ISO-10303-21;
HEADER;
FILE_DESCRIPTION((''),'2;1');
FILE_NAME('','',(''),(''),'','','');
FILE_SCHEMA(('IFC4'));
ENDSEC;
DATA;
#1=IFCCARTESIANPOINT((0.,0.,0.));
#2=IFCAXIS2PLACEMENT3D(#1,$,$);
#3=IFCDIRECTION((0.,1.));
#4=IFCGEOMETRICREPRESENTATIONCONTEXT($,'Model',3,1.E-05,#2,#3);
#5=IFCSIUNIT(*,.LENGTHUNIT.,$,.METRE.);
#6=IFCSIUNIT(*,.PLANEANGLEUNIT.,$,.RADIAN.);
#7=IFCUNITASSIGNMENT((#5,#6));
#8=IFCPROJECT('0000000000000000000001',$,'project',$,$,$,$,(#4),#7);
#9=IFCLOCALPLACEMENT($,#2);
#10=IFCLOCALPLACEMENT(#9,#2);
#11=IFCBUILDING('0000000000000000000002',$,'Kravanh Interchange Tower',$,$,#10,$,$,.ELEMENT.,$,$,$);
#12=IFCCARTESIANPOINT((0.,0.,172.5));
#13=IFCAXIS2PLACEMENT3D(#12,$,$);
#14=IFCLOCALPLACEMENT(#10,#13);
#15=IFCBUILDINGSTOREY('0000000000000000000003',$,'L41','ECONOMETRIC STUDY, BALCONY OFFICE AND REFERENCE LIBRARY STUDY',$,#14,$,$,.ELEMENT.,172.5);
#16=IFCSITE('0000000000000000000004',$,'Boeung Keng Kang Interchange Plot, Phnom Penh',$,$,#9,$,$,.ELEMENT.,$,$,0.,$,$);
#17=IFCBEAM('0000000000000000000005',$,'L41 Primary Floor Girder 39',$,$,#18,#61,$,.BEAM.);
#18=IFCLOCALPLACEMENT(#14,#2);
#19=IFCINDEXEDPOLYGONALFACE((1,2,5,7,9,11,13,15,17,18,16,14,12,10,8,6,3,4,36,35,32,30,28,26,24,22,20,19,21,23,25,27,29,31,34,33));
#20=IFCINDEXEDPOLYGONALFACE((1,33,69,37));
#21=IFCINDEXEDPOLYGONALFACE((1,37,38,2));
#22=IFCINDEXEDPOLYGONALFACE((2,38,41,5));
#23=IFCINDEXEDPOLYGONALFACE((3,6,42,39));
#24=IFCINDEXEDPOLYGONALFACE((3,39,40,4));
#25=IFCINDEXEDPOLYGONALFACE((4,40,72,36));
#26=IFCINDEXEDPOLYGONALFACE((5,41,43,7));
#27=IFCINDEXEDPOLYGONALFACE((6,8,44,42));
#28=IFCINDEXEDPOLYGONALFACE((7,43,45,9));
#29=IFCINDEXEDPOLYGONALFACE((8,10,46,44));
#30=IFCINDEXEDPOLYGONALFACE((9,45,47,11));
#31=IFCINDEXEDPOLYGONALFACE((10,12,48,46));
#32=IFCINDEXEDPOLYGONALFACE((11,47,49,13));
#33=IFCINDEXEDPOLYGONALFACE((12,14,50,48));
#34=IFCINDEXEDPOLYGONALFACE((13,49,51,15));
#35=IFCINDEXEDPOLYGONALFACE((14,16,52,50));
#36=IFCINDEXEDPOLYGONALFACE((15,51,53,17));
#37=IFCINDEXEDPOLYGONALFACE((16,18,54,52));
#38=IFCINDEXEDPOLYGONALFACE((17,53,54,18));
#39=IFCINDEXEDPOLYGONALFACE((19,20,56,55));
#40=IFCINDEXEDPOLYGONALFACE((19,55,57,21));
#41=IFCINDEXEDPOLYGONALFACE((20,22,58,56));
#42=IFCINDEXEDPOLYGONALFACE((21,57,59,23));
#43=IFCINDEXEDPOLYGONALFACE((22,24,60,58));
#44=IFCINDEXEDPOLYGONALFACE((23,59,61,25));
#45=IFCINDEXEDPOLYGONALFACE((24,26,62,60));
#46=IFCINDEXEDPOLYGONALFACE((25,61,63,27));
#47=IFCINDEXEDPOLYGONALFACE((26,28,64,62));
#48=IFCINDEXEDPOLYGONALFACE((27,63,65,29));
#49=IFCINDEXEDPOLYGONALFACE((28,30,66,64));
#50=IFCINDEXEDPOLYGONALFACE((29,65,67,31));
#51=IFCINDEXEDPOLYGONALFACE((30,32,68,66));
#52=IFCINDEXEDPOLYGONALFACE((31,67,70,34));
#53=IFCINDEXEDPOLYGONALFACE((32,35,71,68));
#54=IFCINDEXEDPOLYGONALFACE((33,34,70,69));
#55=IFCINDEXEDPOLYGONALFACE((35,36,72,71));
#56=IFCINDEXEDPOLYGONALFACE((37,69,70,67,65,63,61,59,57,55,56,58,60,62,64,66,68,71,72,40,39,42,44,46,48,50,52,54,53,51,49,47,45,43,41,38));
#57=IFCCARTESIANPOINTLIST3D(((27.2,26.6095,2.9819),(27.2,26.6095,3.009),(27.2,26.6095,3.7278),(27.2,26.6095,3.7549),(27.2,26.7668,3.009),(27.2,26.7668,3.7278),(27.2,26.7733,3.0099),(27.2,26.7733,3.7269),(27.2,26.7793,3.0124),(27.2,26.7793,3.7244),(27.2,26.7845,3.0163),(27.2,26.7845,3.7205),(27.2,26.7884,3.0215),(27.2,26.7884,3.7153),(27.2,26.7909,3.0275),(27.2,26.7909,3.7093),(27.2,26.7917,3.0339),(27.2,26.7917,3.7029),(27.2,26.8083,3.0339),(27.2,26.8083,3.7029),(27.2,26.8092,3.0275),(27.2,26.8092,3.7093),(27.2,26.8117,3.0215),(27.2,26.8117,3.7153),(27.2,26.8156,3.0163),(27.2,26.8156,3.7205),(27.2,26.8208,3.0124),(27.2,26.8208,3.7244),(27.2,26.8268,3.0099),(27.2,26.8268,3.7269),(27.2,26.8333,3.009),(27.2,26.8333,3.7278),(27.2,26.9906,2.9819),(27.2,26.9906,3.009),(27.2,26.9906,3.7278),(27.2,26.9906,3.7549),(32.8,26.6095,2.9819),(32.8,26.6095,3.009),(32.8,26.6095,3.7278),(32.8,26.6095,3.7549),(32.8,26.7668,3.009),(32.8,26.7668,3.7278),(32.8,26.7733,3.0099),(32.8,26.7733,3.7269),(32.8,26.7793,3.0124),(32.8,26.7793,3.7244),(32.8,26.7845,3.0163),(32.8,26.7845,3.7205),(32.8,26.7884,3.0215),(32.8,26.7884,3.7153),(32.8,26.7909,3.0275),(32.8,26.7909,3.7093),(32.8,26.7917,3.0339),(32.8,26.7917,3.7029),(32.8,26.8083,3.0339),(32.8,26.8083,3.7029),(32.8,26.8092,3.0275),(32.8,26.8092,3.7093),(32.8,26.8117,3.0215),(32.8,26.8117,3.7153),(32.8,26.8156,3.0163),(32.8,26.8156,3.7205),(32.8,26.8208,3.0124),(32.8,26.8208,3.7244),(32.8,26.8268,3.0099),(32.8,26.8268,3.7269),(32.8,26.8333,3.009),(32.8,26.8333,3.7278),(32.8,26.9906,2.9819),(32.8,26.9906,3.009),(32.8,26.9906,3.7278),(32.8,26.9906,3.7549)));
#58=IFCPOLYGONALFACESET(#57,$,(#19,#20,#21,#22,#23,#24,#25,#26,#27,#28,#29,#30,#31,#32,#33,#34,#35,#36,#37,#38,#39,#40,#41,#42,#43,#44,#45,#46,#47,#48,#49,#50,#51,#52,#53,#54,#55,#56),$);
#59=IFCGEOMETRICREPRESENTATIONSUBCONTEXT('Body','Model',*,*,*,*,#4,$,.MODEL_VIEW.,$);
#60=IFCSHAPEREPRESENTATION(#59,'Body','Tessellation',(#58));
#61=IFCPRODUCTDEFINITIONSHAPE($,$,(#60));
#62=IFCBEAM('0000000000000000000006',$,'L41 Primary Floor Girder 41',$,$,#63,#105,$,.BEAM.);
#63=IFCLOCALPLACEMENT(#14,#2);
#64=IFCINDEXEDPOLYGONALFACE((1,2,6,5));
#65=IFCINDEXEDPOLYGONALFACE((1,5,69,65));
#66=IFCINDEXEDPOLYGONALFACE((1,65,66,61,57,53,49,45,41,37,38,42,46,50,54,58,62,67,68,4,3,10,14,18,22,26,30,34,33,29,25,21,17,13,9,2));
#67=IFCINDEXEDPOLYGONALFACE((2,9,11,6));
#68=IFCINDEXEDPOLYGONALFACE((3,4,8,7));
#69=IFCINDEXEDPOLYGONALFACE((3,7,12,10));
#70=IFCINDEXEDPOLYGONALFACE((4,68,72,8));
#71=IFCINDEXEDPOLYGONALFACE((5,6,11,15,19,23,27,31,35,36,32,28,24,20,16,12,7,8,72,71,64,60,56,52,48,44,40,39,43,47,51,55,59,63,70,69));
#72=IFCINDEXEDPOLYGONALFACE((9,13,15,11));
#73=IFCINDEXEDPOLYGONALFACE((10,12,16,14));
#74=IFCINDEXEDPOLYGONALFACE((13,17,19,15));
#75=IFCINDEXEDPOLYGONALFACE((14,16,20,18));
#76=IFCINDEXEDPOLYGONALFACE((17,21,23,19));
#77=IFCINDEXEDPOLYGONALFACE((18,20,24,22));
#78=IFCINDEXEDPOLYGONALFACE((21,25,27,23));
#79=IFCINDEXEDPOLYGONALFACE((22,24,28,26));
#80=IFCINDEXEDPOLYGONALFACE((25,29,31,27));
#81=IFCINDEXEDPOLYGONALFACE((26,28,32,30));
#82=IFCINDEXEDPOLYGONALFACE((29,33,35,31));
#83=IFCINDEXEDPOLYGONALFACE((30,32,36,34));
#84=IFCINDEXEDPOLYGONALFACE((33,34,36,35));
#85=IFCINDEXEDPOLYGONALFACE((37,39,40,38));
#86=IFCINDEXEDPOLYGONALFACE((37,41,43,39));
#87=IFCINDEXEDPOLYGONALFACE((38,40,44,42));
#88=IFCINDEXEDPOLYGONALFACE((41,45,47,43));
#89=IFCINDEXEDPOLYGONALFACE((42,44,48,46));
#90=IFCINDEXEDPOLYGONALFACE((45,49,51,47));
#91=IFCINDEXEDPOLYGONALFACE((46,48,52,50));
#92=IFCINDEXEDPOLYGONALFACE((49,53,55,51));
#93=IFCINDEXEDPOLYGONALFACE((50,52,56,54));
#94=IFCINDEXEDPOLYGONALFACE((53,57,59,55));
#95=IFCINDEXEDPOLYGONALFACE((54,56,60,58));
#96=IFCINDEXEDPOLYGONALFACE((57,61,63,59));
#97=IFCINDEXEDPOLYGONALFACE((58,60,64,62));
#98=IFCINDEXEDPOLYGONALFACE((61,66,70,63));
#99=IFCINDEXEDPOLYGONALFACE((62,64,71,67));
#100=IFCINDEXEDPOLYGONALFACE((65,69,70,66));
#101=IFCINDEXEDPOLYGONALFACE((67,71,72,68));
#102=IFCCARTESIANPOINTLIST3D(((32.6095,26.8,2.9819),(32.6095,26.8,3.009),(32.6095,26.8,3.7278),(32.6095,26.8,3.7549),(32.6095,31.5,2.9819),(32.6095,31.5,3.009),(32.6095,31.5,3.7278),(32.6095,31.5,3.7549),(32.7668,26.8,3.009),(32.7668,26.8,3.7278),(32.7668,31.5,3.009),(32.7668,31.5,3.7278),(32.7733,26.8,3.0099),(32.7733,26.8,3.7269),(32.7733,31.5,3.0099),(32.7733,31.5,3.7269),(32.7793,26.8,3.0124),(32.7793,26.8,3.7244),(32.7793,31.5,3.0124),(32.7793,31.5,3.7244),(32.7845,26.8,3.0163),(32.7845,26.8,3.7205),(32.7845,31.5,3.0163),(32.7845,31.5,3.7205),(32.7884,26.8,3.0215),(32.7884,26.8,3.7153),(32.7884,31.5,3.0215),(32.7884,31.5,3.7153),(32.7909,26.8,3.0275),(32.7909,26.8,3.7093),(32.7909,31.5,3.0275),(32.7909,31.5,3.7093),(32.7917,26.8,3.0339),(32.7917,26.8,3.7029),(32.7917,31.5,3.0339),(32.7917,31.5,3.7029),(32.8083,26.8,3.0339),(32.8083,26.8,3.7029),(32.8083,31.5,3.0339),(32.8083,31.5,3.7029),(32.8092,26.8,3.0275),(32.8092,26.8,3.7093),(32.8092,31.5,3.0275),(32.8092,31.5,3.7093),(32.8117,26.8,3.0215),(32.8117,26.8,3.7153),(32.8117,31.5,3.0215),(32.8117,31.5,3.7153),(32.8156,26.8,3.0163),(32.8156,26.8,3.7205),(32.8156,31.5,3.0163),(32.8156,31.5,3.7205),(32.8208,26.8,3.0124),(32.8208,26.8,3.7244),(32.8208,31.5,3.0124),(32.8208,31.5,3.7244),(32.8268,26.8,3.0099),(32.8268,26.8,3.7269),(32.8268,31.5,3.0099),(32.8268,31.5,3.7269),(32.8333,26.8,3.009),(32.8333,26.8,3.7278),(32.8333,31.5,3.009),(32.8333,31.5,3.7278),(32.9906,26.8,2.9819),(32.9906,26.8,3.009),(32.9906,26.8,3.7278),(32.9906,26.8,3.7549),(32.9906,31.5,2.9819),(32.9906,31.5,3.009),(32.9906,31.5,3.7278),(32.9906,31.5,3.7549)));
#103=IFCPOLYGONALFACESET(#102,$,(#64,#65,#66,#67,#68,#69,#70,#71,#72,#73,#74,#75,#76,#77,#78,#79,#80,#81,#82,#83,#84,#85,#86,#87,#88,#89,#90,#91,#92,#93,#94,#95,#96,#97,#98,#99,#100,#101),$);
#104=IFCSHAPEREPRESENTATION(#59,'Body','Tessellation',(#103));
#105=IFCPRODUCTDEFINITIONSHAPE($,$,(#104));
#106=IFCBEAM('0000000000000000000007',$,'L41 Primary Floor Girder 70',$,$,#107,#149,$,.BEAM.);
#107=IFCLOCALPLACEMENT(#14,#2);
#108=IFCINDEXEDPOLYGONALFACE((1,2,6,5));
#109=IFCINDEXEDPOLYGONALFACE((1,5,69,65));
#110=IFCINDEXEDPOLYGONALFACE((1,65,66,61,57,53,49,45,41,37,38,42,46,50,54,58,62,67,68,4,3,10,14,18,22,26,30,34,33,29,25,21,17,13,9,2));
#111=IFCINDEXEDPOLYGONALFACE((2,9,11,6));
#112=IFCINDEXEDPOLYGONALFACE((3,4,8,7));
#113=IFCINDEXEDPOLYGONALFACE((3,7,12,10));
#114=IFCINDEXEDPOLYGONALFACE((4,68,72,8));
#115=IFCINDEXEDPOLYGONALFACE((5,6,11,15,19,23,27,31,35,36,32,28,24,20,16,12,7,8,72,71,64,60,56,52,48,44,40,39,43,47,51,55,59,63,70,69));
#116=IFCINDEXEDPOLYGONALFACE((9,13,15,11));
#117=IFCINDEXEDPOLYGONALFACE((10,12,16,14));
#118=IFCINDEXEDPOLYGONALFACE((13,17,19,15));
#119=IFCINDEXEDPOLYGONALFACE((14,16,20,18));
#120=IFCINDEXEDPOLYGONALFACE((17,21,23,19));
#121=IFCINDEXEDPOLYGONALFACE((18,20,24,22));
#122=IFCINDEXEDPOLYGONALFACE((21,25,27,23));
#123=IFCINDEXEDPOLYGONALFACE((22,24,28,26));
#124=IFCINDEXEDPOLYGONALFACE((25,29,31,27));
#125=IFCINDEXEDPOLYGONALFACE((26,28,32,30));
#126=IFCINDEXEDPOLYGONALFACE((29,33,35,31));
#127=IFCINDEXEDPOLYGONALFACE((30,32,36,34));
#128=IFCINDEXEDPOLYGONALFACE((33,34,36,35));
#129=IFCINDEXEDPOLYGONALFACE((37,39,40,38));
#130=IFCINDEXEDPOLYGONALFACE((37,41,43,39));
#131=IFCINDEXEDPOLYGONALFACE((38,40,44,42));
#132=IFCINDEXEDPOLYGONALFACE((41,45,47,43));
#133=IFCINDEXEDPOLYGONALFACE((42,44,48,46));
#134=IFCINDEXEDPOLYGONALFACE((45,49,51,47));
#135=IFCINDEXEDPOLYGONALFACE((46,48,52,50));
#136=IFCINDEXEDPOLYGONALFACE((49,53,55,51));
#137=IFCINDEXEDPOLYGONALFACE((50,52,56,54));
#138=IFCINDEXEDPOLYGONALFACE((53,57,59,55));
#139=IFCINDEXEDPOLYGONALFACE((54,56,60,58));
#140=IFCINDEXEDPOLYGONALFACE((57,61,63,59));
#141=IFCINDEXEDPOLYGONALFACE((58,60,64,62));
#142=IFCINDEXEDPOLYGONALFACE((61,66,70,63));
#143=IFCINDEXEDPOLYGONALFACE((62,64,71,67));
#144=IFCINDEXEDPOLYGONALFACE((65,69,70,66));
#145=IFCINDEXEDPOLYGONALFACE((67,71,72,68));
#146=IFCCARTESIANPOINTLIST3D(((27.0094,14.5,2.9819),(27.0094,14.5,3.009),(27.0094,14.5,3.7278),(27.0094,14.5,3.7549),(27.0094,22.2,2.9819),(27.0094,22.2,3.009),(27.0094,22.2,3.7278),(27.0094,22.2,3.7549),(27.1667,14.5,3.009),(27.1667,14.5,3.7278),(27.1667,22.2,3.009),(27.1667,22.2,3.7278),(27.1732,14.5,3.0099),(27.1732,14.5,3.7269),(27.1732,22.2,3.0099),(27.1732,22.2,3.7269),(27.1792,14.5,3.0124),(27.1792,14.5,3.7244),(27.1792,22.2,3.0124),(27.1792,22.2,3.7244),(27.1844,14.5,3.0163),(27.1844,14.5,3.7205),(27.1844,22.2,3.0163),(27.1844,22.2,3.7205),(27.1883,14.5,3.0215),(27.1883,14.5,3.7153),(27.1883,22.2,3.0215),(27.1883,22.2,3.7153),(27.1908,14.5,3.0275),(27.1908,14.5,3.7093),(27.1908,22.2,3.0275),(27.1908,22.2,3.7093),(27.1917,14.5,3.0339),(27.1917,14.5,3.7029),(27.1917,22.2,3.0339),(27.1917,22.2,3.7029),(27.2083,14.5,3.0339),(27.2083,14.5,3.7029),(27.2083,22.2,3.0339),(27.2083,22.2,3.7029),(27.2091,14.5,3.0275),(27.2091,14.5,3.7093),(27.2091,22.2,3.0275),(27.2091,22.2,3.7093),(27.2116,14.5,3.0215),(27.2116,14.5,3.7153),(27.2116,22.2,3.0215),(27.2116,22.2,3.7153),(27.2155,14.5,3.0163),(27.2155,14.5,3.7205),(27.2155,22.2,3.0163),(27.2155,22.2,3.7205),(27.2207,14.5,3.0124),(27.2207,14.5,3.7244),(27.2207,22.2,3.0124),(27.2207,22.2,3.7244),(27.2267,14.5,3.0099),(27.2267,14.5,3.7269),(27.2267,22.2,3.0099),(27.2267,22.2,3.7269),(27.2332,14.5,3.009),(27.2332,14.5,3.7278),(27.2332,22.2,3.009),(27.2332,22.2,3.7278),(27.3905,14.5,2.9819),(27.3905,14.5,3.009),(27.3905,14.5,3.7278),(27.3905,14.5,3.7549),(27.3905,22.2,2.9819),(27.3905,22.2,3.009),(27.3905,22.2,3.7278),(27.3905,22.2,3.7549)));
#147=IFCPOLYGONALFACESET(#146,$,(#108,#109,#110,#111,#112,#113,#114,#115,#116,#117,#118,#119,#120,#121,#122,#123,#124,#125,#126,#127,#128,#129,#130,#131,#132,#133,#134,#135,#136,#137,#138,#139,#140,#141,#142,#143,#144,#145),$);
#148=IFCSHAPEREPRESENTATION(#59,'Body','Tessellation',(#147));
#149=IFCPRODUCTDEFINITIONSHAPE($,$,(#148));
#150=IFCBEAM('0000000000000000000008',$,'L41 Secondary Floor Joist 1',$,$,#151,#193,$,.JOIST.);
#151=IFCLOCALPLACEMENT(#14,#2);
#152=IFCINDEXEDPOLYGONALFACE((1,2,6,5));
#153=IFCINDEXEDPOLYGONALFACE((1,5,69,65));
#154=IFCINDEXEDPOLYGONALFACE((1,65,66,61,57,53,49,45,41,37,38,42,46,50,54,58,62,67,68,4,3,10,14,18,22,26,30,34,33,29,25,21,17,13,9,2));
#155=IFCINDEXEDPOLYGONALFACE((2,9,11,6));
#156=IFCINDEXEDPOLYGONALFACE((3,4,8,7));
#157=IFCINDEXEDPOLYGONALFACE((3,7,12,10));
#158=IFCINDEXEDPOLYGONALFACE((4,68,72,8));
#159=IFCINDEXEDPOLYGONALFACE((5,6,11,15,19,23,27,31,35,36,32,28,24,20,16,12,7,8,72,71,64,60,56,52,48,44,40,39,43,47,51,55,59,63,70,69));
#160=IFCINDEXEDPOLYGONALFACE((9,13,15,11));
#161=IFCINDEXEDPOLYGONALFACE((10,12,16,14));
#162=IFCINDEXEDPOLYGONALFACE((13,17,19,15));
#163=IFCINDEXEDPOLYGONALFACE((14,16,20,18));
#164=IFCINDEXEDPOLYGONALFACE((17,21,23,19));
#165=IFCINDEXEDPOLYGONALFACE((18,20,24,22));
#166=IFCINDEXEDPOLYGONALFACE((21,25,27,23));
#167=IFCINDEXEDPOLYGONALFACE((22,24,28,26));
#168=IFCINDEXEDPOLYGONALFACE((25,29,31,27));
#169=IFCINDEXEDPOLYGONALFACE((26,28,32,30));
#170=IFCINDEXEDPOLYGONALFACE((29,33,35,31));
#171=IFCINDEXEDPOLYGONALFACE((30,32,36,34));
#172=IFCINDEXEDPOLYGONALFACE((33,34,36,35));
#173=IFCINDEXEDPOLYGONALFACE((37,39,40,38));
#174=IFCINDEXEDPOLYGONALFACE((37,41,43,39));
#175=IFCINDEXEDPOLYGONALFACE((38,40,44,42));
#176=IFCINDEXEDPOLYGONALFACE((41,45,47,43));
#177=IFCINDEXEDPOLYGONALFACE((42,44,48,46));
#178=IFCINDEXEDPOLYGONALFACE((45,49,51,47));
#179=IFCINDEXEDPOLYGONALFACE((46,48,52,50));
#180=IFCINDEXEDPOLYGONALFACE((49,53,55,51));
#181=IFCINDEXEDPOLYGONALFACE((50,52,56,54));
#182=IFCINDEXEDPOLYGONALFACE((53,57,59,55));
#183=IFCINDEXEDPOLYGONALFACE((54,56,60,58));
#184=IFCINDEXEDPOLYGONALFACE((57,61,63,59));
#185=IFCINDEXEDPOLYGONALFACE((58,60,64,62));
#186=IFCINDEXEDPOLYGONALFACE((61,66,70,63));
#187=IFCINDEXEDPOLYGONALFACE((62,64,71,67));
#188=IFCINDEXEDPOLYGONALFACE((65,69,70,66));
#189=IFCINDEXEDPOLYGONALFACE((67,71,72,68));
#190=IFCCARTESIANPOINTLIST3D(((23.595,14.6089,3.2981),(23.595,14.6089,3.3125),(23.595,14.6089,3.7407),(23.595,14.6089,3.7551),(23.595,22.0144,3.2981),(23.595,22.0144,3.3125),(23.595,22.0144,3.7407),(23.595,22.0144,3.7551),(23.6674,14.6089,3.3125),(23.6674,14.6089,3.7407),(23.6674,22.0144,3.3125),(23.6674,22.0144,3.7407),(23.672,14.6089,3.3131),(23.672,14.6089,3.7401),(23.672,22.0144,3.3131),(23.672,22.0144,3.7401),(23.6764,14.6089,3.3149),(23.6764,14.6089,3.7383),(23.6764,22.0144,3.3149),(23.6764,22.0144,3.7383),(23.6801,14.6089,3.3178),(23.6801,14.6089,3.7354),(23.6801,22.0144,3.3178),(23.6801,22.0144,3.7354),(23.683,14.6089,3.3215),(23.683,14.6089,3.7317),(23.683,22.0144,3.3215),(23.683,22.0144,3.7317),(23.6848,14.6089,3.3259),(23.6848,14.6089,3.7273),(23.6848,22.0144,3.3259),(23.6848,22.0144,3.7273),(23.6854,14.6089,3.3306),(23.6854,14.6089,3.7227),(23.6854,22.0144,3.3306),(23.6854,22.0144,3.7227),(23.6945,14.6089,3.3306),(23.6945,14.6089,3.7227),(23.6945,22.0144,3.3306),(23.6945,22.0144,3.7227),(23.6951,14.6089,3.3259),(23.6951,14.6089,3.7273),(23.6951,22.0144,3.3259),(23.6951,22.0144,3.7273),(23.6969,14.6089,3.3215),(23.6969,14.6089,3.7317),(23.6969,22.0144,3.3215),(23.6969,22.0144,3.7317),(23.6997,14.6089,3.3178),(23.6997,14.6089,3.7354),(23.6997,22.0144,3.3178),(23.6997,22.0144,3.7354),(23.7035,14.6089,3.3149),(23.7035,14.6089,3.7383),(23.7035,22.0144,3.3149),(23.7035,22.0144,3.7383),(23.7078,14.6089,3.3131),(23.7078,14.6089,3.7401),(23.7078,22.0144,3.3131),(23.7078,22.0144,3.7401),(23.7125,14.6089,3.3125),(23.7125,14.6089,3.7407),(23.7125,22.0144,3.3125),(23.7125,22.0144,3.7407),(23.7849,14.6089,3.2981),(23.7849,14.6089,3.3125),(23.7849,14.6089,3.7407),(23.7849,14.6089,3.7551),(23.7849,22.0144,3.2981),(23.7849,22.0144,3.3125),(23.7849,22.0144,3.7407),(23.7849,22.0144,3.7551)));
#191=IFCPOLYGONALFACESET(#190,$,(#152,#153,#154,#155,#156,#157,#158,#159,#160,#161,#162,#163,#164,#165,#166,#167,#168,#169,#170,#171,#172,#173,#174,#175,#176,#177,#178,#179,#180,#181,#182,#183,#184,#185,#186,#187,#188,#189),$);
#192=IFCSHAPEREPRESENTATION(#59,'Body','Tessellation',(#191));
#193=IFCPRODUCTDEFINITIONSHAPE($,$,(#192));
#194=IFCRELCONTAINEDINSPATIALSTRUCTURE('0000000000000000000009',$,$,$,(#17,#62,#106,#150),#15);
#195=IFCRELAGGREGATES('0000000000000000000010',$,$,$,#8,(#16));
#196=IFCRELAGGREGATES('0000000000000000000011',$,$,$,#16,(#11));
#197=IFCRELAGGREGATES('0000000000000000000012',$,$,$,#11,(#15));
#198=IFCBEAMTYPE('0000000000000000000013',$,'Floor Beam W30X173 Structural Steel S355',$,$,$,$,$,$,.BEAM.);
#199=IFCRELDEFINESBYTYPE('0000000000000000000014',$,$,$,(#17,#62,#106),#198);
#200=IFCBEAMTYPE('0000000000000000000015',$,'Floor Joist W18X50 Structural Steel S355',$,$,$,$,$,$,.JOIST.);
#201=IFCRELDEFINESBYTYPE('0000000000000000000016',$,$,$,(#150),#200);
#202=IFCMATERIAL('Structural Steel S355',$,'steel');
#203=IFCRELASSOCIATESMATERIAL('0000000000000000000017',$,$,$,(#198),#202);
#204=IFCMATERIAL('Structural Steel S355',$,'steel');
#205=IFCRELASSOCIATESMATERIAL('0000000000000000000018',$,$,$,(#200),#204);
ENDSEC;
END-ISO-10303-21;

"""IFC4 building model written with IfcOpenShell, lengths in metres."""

from ifc_helpers import new_model, si_unit, direction, frame, origin, origin_2d, place, context, subcontext, project, spatial, i_section, extrude, material, material_profile, profile_set, type_object, element, save


model = new_model("IFC4")

# Units and contexts
model_context = context("Model", 3, precision=1e-05, world=origin(), true_north=direction((0.0, 1.0)))
body_context = subcontext(model_context, "Body", "Model", "MODEL_VIEW")
ifc_project = project(units=[si_unit("LENGTHUNIT", "METRE"), si_unit("PLANEANGLEUNIT", "RADIAN")], contexts=[model_context])

# Site, building, storey
site_placement = place(None, origin())
site = spatial("IfcSite", under=ifc_project, at=site_placement, Name="Boeung Keng Kang Interchange Plot, Phnom Penh", CompositionType="ELEMENT", RefElevation=0.0)
building_placement = place(site_placement, origin())
building = spatial("IfcBuilding", under=site, at=building_placement, Name="Kravanh Interchange Tower", CompositionType="ELEMENT")
storey_placement = place(building_placement, frame((0.0, 0.0, 172.5)))
storey = spatial("IfcBuildingStorey", under=building, at=storey_placement, Name="L41", Description="ECONOMETRIC STUDY, BALCONY OFFICE AND REFERENCE LIBRARY STUDY", CompositionType="ELEMENT", Elevation=172.5)

# Beams
ifc_material_1 = material(Name="Structural Steel S355", Category="steel")
ifc_material_profile_1 = material_profile(ifc_material_1, i_section(OverallWidth=0.3811, OverallDepth=0.7729, WebThickness=0.0166, FlangeThickness=0.0271, FilletRadius=0.0249, at=origin_2d()), Name="W30X173")
ifc_profile_set_1 = profile_set([ifc_material_profile_1], Name="Structural Steel S355")
beam_type_1 = type_object("IfcBeamType", Name="Floor Beam W30X173 Structural Steel S355", PredefinedType="BEAM", material=ifc_profile_set_1)
beam_1_placement = place(storey_placement, frame((27.2, 26.8, 3.3684), z_axis=(1.0, 0.0, 0.0), x_axis=(0.0, 1.0, 0.0)))
element("IfcBeam", 1, at=beam_1_placement, inside=storey, type_object=beam_type_1, Name="L41 Primary Floor Girder 39", PredefinedType="BEAM", context=body_context, shape_type="SweptSolid", body=[
    extrude(i_section(OverallWidth=0.3811, OverallDepth=0.7729, WebThickness=0.0166, FlangeThickness=0.0271, FilletRadius=0.0249, at=origin_2d()), origin(), (0.0, 0.0, 1.0), 5.6001),
])
beam_2_placement = place(storey_placement, frame((32.8, 26.8, 3.3684), z_axis=(0.0, 1.0, 0.0), x_axis=(-1.0, 0.0, 0.0)))
element("IfcBeam", 2, at=beam_2_placement, inside=storey, type_object=beam_type_1, Name="L41 Primary Floor Girder 41", PredefinedType="BEAM", context=body_context, shape_type="SweptSolid", body=[
    extrude(i_section(OverallWidth=0.3811, OverallDepth=0.7729, WebThickness=0.0166, FlangeThickness=0.0271, FilletRadius=0.0249, at=origin_2d()), origin(), (0.0, 0.0, 1.0), 4.7),
])
beam_3_placement = place(storey_placement, frame((27.2, 14.5, 3.3684), z_axis=(0.0, 1.0, 0.0), x_axis=(-1.0, 0.0, 0.0)))
element("IfcBeam", 3, at=beam_3_placement, inside=storey, type_object=beam_type_1, Name="L41 Primary Floor Girder 70", PredefinedType="BEAM", context=body_context, shape_type="SweptSolid", body=[
    extrude(i_section(OverallWidth=0.3811, OverallDepth=0.7729, WebThickness=0.0166, FlangeThickness=0.0271, FilletRadius=0.0249, at=origin_2d()), origin(), (0.0, 0.0, 1.0), 7.7),
])
ifc_material_2 = material(Name="Structural Steel S355", Category="steel")
ifc_material_profile_2 = material_profile(ifc_material_2, i_section(OverallWidth=0.1899, OverallDepth=0.457, WebThickness=0.009, FlangeThickness=0.0144, FilletRadius=0.0181, at=origin_2d()), Name="W18X50")
ifc_profile_set_2 = profile_set([ifc_material_profile_2], Name="Structural Steel S355")
beam_type_2 = type_object("IfcBeamType", Name="Floor Joist W18X50 Structural Steel S355", PredefinedType="JOIST", material=ifc_profile_set_2)
for number, where, z_axis, x_axis, name in (
    (4, (23.6899, 14.6089, 3.5266), (0.0, 1.0, 0.0), (-1.0, 0.0, 0.0), "L41 Secondary Floor Joist 1"),
):
    element("IfcBeam", number, at=place(storey_placement, frame(where, z_axis=z_axis, x_axis=x_axis)), inside=storey, type_object=beam_type_2, Name=name, PredefinedType="JOIST", context=body_context, shape_type="SweptSolid", body=[
        extrude(i_section(OverallWidth=0.1899, OverallDepth=0.457, WebThickness=0.009, FlangeThickness=0.0144, FilletRadius=0.0181, at=origin_2d()), origin(), (0.0, 0.0, 1.0), 7.4055),
    ])

save(model, "model.ifc")
